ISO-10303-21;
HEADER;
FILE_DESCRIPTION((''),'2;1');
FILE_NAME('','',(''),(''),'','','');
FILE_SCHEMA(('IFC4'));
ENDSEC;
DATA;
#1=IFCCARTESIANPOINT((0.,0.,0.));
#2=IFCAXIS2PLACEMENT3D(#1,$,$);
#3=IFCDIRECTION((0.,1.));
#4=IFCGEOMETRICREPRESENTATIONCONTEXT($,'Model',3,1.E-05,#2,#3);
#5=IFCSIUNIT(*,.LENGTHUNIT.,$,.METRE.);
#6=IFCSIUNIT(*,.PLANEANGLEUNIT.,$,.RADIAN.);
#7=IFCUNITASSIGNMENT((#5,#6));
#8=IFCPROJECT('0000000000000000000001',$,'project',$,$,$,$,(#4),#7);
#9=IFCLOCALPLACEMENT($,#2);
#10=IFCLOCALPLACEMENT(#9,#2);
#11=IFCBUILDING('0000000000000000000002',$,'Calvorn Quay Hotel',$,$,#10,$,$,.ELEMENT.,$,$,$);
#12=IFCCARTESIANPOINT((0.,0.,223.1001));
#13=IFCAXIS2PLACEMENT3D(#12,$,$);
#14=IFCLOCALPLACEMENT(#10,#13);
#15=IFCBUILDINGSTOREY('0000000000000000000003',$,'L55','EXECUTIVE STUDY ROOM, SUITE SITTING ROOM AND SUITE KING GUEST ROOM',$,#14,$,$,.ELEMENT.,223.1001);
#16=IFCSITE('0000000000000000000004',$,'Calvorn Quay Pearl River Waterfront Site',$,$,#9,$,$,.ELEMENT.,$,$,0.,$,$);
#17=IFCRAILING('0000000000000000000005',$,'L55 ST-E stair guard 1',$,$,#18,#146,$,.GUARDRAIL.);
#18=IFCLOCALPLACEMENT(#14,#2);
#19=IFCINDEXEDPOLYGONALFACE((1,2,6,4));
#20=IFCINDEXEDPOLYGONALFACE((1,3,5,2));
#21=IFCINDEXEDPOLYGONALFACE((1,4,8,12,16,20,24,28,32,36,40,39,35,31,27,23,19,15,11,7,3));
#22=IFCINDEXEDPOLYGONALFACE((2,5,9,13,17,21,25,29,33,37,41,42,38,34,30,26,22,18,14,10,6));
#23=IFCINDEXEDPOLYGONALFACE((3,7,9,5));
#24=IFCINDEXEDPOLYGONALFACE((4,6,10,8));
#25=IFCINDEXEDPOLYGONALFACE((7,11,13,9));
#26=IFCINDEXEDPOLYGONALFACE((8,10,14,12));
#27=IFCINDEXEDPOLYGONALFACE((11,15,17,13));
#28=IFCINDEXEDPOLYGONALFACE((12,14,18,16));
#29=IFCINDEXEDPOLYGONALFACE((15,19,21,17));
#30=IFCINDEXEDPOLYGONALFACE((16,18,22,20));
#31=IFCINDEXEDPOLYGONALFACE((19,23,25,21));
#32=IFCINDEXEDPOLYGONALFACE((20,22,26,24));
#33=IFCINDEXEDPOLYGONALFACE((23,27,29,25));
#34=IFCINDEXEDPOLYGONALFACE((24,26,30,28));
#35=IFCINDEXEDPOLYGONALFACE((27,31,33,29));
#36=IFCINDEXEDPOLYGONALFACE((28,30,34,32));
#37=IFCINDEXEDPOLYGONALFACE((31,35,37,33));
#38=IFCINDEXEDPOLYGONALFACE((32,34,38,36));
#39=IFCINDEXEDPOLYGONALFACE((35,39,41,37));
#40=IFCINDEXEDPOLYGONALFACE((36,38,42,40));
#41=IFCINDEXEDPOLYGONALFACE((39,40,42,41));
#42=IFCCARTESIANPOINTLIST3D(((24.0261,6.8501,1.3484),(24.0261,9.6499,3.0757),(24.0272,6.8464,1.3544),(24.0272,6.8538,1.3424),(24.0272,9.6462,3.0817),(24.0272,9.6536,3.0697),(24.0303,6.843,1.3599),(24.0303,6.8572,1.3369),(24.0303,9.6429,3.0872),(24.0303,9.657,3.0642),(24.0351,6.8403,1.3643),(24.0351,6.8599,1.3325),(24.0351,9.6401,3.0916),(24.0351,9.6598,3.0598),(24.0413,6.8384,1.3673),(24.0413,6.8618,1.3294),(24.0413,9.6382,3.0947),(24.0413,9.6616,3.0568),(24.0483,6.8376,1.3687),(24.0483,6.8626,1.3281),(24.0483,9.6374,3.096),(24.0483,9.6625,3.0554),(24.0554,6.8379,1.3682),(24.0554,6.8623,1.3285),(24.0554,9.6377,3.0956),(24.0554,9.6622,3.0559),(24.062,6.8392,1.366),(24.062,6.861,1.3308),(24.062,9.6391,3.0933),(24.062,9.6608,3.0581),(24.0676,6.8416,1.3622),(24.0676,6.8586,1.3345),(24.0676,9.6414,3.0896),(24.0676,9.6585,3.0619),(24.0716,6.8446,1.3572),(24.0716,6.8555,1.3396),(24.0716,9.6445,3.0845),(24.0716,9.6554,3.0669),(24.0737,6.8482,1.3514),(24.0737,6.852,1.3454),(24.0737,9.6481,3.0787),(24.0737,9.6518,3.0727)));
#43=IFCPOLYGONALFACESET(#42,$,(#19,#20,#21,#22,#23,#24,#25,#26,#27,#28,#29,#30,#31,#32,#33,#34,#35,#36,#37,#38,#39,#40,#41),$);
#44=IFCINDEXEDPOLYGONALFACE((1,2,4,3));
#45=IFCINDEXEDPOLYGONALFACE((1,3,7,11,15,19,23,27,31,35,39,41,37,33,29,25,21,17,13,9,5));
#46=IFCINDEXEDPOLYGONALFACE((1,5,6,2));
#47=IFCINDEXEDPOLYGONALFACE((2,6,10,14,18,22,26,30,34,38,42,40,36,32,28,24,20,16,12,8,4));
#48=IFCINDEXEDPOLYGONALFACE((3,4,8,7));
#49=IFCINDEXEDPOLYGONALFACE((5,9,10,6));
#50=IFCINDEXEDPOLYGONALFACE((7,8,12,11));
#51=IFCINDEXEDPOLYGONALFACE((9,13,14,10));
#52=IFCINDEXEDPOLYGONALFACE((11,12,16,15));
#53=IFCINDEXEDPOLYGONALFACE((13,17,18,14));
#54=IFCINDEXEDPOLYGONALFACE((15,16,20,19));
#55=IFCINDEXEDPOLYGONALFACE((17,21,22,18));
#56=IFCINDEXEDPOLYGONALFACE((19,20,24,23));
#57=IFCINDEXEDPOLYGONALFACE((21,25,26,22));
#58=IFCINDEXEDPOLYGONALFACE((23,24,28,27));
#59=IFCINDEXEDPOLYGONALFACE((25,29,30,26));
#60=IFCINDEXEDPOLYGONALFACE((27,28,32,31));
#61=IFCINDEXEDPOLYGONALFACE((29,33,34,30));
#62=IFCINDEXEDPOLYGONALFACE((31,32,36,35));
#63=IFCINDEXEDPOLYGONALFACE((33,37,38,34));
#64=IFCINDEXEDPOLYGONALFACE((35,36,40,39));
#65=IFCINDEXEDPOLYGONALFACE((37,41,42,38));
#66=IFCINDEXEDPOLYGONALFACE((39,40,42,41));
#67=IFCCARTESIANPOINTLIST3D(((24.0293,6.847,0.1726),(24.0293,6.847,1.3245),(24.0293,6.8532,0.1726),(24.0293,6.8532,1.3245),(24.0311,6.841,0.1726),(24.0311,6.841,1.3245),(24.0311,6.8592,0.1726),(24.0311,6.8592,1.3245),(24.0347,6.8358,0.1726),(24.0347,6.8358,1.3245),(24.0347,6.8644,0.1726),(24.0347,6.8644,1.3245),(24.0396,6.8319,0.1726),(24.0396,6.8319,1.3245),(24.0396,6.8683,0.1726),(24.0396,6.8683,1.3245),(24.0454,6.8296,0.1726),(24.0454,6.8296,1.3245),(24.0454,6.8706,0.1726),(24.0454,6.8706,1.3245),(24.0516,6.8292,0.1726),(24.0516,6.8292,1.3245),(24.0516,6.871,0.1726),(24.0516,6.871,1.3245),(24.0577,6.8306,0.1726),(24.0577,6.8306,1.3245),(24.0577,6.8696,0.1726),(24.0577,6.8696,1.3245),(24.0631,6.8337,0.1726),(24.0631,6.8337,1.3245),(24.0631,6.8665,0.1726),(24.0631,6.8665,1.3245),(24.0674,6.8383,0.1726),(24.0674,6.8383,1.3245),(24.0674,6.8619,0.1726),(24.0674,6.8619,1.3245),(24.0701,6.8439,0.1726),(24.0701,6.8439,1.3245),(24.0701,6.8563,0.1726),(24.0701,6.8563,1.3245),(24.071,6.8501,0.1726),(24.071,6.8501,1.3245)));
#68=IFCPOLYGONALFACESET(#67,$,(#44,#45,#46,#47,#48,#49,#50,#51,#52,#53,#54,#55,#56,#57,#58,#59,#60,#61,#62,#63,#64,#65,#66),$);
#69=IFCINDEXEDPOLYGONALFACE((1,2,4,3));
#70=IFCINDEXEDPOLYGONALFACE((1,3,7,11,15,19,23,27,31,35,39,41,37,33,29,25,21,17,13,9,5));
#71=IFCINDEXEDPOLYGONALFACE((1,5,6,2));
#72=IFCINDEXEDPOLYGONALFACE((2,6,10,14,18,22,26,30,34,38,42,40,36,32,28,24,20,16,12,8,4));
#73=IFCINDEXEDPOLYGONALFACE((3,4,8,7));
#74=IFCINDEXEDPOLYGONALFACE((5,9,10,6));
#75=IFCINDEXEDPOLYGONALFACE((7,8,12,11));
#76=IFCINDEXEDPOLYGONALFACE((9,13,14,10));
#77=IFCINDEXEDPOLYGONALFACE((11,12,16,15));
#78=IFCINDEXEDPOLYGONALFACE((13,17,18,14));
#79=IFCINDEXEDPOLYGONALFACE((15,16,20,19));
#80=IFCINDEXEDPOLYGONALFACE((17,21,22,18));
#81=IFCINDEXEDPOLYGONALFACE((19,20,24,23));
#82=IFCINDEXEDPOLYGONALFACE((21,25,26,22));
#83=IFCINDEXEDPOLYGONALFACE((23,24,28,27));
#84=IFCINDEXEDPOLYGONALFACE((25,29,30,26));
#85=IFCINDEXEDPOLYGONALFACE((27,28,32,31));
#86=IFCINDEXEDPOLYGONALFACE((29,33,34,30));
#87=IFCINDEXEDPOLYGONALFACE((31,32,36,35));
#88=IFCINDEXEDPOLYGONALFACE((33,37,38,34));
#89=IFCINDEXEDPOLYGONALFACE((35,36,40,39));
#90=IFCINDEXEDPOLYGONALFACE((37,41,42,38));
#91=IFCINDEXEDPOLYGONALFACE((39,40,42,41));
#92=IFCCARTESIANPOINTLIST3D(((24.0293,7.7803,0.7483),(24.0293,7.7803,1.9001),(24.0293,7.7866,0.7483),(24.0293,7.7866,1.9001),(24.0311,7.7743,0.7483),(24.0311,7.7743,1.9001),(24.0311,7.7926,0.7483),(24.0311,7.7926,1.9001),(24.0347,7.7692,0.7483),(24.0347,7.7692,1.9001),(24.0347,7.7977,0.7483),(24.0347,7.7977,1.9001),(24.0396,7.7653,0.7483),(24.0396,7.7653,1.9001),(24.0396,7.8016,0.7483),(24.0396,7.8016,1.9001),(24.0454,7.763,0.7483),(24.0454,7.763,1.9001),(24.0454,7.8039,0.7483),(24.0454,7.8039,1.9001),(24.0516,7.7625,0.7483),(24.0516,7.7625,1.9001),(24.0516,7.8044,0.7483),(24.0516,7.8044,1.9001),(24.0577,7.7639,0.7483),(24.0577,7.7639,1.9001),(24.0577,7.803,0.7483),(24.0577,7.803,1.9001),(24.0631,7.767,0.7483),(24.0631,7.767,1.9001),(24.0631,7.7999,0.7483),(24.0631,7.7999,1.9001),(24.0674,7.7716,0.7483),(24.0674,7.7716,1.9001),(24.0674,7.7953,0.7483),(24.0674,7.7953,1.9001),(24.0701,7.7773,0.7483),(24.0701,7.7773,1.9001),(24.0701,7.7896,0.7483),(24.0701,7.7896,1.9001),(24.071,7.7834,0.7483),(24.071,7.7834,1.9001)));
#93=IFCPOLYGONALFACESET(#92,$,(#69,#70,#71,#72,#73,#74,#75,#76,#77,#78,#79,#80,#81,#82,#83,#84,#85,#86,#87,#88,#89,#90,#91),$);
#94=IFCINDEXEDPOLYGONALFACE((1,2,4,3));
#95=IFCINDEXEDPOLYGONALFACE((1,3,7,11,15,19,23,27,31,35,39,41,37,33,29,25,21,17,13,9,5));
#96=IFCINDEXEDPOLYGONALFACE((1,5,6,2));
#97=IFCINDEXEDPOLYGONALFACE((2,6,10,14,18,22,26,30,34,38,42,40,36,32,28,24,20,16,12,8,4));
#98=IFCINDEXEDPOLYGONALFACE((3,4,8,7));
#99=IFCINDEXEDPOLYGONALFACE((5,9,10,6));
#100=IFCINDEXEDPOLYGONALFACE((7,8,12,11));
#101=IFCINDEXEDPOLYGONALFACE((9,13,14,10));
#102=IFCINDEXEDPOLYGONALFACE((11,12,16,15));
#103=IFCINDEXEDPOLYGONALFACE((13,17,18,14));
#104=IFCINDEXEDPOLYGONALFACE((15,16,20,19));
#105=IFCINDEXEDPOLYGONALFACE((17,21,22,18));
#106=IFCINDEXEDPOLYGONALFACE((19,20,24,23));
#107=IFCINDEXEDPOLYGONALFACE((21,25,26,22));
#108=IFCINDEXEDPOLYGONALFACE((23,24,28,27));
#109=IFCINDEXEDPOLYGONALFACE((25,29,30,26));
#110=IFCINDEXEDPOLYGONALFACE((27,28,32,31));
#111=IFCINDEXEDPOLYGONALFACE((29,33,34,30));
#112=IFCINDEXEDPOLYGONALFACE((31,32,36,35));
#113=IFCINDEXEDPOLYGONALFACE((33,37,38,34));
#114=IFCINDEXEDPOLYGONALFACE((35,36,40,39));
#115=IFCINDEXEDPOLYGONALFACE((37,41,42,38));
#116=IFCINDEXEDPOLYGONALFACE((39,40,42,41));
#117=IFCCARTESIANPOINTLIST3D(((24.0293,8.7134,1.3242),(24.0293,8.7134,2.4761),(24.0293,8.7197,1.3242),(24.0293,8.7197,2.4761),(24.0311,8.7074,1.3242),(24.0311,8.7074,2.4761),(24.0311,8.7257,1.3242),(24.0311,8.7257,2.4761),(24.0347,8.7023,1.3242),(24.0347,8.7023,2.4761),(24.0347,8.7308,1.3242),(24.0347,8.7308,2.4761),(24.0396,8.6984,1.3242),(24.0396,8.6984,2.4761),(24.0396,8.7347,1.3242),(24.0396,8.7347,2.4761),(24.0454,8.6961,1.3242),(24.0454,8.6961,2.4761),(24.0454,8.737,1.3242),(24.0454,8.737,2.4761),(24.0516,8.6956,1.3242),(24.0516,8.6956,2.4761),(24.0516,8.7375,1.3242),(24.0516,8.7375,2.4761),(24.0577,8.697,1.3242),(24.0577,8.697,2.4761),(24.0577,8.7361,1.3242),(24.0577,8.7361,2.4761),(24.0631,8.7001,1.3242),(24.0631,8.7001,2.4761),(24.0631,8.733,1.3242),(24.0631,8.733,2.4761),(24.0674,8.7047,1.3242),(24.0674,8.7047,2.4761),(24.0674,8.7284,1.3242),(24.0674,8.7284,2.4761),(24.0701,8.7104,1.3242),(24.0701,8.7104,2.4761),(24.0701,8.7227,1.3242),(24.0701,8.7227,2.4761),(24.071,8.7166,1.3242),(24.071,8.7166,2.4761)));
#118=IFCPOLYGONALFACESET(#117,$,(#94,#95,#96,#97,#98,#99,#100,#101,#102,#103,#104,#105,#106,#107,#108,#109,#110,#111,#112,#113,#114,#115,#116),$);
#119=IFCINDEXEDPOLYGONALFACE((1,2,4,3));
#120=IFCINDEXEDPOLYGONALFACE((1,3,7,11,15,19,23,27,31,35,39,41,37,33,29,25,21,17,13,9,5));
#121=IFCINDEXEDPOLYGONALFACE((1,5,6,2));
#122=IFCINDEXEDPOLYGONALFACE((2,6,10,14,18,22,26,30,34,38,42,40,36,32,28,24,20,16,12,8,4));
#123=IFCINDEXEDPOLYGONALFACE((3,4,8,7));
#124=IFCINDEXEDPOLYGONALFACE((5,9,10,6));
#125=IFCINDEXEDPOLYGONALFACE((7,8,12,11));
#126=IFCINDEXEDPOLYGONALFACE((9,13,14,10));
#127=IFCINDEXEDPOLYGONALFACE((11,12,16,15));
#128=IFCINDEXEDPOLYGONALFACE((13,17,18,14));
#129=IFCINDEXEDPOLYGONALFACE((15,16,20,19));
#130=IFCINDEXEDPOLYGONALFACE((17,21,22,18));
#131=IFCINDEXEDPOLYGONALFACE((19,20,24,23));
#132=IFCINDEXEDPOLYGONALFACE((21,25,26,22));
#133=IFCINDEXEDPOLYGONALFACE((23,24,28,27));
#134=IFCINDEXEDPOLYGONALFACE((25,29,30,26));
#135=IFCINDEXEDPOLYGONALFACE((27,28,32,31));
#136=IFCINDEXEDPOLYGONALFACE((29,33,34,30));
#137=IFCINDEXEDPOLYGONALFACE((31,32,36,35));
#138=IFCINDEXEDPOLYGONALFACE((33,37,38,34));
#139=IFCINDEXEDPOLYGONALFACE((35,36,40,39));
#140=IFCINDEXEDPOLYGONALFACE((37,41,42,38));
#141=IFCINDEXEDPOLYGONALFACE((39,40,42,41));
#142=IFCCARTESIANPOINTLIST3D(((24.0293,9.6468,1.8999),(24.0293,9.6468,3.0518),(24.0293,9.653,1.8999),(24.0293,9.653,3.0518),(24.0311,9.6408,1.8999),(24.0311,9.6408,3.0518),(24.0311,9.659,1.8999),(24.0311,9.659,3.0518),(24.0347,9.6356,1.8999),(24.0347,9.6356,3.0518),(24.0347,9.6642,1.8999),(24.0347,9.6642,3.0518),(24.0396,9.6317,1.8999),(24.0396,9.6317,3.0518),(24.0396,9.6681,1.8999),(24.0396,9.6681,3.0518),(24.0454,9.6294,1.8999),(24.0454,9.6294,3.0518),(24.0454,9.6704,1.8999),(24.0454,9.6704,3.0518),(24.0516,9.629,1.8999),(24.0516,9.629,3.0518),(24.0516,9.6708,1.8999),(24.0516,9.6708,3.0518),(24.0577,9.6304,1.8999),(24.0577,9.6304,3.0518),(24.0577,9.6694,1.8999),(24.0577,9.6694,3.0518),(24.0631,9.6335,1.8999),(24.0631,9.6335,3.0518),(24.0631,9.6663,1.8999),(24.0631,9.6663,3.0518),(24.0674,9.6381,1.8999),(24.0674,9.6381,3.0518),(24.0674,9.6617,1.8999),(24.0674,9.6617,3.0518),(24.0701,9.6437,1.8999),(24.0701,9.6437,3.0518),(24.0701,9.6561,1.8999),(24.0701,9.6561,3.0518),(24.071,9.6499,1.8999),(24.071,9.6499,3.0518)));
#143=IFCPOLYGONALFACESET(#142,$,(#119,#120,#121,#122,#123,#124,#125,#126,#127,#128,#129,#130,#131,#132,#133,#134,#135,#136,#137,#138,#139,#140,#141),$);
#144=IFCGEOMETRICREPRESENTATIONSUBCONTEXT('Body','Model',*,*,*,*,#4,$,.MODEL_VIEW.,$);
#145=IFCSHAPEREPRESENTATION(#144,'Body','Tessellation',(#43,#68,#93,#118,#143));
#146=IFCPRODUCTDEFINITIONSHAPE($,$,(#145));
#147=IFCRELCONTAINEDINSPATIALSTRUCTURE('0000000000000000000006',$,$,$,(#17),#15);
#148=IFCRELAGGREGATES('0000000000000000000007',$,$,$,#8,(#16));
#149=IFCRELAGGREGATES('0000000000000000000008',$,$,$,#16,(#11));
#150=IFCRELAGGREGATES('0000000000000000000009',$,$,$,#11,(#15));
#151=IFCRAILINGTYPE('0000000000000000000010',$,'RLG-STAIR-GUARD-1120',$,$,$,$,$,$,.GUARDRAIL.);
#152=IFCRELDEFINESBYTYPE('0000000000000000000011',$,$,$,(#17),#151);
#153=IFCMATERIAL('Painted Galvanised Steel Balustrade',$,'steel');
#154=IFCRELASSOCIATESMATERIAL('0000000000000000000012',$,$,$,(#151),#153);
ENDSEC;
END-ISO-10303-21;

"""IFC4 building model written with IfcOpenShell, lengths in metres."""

from ifc_helpers import new_model, si_unit, direction, frame, origin, origin_2d, place, context, subcontext, project, spatial, circle, extrude, material, type_object, element, save


model = new_model("IFC4")

# Units and contexts
model_context = context("Model", 3, precision=1e-05, world=origin(), true_north=direction((0.0, 1.0)))
body_context = subcontext(model_context, "Body", "Model", "MODEL_VIEW")
ifc_project = project(units=[si_unit("LENGTHUNIT", "METRE"), si_unit("PLANEANGLEUNIT", "RADIAN")], contexts=[model_context])

# Site, building, storey
site_placement = place(None, origin())
site = spatial("IfcSite", under=ifc_project, at=site_placement, Name="Calvorn Quay Pearl River Waterfront Site", CompositionType="ELEMENT", RefElevation=0.0)
building_placement = place(site_placement, origin())
building = spatial("IfcBuilding", under=site, at=building_placement, Name="Calvorn Quay Hotel", CompositionType="ELEMENT")
storey_placement = place(building_placement, frame((0.0, 0.0, 223.1001)))
storey = spatial("IfcBuildingStorey", under=building, at=storey_placement, Name="L55", Description="EXECUTIVE STUDY ROOM, SUITE SITTING ROOM AND SUITE KING GUEST ROOM", CompositionType="ELEMENT", Elevation=223.1001)

# Railing
ifc_material_1 = material(Name="Painted Galvanised Steel Balustrade", Category="steel")
railing_type_1 = type_object("IfcRailingType", Name="RLG-STAIR-GUARD-1120", PredefinedType="GUARDRAIL", material=ifc_material_1)
railing_1_placement = place(storey_placement, frame((24.05, 6.8501, 0.1726)))
element("IfcRailing", 1, at=railing_1_placement, inside=storey, type_object=railing_type_1, Name="L55 ST-E stair guard 1", PredefinedType="GUARDRAIL", context=body_context, shape_type="SweptSolid", body=[
    extrude(circle(Radius=0.0239, at=origin_2d()), frame((0.0, 0.0, 1.1758), z_axis=(0.0, 0.851069, 0.525054), x_axis=(-1.0, 0.0, 0.0)), (0.0, 0.0, 1.0), 3.2898),
    extrude(circle(Radius=0.021, at=origin_2d()), origin(), (0.0, 0.0, 1.0), 1.1519),
    extrude(circle(Radius=0.021, at=origin_2d()), frame((0.0, 0.9333, 0.5757)), (0.0, 0.0, 1.0), 1.1519),
    extrude(circle(Radius=0.021, at=origin_2d()), frame((0.0, 1.8665, 1.1516)), (0.0, 0.0, 1.0), 1.1519),
    extrude(circle(Radius=0.021, at=origin_2d()), frame((0.0, 2.7998, 1.7273)), (0.0, 0.0, 1.0), 1.1519),
])

save(model, "model.ifc")
